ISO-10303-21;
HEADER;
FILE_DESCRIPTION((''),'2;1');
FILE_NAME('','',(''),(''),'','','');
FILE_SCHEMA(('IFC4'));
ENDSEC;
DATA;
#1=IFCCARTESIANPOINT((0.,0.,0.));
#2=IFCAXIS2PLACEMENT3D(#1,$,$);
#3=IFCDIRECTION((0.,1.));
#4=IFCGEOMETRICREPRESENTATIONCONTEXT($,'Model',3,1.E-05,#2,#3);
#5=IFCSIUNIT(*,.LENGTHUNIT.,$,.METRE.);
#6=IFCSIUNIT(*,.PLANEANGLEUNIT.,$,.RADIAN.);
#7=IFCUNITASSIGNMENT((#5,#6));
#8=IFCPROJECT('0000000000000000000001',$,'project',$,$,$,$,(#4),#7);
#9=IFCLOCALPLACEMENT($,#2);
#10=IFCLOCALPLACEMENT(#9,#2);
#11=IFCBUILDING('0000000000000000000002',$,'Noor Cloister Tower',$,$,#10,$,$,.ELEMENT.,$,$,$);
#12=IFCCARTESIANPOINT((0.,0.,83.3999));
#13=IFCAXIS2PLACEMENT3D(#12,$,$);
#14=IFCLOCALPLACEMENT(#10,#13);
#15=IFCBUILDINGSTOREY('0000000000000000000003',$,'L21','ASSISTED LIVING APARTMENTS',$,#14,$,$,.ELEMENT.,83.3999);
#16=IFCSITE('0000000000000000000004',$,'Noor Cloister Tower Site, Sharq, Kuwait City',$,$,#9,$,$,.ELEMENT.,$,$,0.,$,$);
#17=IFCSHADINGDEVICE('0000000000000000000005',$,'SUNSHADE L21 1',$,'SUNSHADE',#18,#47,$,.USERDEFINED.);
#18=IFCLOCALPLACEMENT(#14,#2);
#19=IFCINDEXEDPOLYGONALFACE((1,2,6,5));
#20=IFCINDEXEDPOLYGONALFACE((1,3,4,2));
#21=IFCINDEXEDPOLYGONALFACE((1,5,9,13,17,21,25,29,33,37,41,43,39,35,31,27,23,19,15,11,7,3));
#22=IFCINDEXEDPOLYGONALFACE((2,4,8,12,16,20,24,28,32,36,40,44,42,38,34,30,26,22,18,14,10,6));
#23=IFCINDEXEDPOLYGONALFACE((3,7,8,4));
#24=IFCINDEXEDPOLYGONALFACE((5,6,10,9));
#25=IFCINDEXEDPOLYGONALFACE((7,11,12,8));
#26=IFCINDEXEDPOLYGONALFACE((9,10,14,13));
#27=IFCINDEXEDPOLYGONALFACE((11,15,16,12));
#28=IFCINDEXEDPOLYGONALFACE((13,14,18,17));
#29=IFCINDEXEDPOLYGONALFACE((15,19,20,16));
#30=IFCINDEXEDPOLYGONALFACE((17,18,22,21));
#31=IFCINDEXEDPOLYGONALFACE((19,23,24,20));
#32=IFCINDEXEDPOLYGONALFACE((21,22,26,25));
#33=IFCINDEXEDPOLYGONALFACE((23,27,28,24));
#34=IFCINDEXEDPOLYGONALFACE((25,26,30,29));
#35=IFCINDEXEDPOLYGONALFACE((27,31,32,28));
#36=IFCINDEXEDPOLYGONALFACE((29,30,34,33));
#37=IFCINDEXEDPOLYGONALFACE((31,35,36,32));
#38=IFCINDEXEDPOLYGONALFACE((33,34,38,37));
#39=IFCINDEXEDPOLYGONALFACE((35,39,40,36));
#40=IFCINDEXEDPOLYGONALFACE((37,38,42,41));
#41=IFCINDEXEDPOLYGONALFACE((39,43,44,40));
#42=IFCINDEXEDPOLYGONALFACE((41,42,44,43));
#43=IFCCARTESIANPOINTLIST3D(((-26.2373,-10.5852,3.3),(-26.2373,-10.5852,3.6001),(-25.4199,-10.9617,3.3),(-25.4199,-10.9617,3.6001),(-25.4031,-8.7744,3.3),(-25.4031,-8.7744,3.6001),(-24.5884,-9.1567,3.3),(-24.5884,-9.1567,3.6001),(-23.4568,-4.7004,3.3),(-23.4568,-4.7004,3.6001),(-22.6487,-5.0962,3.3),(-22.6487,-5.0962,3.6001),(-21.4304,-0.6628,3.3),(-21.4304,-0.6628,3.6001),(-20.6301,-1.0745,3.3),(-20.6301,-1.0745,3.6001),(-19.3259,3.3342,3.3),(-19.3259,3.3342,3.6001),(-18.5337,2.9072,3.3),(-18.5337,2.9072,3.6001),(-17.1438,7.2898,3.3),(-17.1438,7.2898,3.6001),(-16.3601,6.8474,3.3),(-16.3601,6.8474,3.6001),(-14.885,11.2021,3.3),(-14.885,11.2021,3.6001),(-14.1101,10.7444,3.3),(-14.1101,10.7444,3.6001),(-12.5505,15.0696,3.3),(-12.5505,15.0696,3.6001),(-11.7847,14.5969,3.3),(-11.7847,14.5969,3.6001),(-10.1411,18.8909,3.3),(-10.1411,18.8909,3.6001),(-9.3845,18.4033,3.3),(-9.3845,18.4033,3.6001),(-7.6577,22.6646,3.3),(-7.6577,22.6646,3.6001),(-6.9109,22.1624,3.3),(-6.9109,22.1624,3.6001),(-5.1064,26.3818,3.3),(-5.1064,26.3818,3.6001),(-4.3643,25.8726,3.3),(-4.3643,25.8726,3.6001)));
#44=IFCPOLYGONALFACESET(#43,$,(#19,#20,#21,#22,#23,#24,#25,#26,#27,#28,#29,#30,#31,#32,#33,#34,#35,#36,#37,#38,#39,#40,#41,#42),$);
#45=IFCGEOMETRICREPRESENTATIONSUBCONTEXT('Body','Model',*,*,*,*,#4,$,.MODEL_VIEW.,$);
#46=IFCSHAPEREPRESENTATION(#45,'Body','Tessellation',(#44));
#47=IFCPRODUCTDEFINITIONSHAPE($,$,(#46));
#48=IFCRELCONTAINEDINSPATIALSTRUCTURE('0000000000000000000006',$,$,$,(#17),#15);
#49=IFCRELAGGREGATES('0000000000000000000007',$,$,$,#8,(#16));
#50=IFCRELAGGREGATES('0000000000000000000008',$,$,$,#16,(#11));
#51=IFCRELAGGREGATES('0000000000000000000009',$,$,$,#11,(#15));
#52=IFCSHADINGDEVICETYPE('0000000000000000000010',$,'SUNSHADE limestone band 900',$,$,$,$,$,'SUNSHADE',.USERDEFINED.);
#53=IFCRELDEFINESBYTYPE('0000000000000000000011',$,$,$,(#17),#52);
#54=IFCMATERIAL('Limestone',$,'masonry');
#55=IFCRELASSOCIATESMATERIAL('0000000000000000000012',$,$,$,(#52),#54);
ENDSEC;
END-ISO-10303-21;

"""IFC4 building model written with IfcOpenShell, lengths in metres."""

from ifc_helpers import new_model, si_unit, direction, frame, origin, place, context, subcontext, project, spatial, polyline, outline, extrude, material, type_object, element, save


model = new_model("IFC4")

# Units and contexts
model_context = context("Model", 3, precision=1e-05, world=origin(), true_north=direction((0.0, 1.0)))
body_context = subcontext(model_context, "Body", "Model", "MODEL_VIEW")
ifc_project = project(units=[si_unit("LENGTHUNIT", "METRE"), si_unit("PLANEANGLEUNIT", "RADIAN")], contexts=[model_context])

# Site, building, storey
site_placement = place(None, origin())
site = spatial("IfcSite", under=ifc_project, at=site_placement, Name="Noor Cloister Tower Site, Sharq, Kuwait City", CompositionType="ELEMENT", RefElevation=0.0)
building_placement = place(site_placement, origin())
building = spatial("IfcBuilding", under=site, at=building_placement, Name="Noor Cloister Tower", CompositionType="ELEMENT")
storey_placement = place(building_placement, frame((0.0, 0.0, 83.3999)))
storey = spatial("IfcBuildingStorey", under=building, at=storey_placement, Name="L21", Description="ASSISTED LIVING APARTMENTS", CompositionType="ELEMENT", Elevation=83.3999)

# Shading device
ifc_material_1 = material(Name="Limestone", Category="masonry")
shading_device_type = type_object("IfcShadingDeviceType", Name="SUNSHADE limestone band 900", ElementType="SUNSHADE", PredefinedType="USERDEFINED", material=ifc_material_1)
shading_device_placement = place(storey_placement, frame((0.0, 0.0, 3.3)))
element("IfcShadingDevice", 1, at=shading_device_placement, inside=storey, type_object=shading_device_type, Name="SUNSHADE L21 1", ObjectType="SUNSHADE", PredefinedType="USERDEFINED", context=body_context, shape_type="SweptSolid", body=[
    extrude(outline(polyline([(-5.1064, 26.3818), (-7.6577, 22.6646), (-10.1411, 18.8909), (-12.5505, 15.0696), (-14.885, 11.2021), (-17.1438, 7.2898), (-19.3259, 3.3342), (-21.4304, -0.6628), (-23.4568, -4.7004), (-25.4031, -8.7744), (-26.2373, -10.5852), (-25.4199, -10.9617), (-24.5884, -9.1567), (-22.6487, -5.0962), (-20.6301, -1.0745), (-18.5337, 2.9072), (-16.3601, 6.8474), (-14.1101, 10.7444), (-11.7847, 14.5969), (-9.3845, 18.4033), (-6.9109, 22.1624), (-4.3643, 25.8726), (-5.1064, 26.3818)])), origin(), (0.0, 0.0, 1.0), 0.3),
])

save(model, "model.ifc")
